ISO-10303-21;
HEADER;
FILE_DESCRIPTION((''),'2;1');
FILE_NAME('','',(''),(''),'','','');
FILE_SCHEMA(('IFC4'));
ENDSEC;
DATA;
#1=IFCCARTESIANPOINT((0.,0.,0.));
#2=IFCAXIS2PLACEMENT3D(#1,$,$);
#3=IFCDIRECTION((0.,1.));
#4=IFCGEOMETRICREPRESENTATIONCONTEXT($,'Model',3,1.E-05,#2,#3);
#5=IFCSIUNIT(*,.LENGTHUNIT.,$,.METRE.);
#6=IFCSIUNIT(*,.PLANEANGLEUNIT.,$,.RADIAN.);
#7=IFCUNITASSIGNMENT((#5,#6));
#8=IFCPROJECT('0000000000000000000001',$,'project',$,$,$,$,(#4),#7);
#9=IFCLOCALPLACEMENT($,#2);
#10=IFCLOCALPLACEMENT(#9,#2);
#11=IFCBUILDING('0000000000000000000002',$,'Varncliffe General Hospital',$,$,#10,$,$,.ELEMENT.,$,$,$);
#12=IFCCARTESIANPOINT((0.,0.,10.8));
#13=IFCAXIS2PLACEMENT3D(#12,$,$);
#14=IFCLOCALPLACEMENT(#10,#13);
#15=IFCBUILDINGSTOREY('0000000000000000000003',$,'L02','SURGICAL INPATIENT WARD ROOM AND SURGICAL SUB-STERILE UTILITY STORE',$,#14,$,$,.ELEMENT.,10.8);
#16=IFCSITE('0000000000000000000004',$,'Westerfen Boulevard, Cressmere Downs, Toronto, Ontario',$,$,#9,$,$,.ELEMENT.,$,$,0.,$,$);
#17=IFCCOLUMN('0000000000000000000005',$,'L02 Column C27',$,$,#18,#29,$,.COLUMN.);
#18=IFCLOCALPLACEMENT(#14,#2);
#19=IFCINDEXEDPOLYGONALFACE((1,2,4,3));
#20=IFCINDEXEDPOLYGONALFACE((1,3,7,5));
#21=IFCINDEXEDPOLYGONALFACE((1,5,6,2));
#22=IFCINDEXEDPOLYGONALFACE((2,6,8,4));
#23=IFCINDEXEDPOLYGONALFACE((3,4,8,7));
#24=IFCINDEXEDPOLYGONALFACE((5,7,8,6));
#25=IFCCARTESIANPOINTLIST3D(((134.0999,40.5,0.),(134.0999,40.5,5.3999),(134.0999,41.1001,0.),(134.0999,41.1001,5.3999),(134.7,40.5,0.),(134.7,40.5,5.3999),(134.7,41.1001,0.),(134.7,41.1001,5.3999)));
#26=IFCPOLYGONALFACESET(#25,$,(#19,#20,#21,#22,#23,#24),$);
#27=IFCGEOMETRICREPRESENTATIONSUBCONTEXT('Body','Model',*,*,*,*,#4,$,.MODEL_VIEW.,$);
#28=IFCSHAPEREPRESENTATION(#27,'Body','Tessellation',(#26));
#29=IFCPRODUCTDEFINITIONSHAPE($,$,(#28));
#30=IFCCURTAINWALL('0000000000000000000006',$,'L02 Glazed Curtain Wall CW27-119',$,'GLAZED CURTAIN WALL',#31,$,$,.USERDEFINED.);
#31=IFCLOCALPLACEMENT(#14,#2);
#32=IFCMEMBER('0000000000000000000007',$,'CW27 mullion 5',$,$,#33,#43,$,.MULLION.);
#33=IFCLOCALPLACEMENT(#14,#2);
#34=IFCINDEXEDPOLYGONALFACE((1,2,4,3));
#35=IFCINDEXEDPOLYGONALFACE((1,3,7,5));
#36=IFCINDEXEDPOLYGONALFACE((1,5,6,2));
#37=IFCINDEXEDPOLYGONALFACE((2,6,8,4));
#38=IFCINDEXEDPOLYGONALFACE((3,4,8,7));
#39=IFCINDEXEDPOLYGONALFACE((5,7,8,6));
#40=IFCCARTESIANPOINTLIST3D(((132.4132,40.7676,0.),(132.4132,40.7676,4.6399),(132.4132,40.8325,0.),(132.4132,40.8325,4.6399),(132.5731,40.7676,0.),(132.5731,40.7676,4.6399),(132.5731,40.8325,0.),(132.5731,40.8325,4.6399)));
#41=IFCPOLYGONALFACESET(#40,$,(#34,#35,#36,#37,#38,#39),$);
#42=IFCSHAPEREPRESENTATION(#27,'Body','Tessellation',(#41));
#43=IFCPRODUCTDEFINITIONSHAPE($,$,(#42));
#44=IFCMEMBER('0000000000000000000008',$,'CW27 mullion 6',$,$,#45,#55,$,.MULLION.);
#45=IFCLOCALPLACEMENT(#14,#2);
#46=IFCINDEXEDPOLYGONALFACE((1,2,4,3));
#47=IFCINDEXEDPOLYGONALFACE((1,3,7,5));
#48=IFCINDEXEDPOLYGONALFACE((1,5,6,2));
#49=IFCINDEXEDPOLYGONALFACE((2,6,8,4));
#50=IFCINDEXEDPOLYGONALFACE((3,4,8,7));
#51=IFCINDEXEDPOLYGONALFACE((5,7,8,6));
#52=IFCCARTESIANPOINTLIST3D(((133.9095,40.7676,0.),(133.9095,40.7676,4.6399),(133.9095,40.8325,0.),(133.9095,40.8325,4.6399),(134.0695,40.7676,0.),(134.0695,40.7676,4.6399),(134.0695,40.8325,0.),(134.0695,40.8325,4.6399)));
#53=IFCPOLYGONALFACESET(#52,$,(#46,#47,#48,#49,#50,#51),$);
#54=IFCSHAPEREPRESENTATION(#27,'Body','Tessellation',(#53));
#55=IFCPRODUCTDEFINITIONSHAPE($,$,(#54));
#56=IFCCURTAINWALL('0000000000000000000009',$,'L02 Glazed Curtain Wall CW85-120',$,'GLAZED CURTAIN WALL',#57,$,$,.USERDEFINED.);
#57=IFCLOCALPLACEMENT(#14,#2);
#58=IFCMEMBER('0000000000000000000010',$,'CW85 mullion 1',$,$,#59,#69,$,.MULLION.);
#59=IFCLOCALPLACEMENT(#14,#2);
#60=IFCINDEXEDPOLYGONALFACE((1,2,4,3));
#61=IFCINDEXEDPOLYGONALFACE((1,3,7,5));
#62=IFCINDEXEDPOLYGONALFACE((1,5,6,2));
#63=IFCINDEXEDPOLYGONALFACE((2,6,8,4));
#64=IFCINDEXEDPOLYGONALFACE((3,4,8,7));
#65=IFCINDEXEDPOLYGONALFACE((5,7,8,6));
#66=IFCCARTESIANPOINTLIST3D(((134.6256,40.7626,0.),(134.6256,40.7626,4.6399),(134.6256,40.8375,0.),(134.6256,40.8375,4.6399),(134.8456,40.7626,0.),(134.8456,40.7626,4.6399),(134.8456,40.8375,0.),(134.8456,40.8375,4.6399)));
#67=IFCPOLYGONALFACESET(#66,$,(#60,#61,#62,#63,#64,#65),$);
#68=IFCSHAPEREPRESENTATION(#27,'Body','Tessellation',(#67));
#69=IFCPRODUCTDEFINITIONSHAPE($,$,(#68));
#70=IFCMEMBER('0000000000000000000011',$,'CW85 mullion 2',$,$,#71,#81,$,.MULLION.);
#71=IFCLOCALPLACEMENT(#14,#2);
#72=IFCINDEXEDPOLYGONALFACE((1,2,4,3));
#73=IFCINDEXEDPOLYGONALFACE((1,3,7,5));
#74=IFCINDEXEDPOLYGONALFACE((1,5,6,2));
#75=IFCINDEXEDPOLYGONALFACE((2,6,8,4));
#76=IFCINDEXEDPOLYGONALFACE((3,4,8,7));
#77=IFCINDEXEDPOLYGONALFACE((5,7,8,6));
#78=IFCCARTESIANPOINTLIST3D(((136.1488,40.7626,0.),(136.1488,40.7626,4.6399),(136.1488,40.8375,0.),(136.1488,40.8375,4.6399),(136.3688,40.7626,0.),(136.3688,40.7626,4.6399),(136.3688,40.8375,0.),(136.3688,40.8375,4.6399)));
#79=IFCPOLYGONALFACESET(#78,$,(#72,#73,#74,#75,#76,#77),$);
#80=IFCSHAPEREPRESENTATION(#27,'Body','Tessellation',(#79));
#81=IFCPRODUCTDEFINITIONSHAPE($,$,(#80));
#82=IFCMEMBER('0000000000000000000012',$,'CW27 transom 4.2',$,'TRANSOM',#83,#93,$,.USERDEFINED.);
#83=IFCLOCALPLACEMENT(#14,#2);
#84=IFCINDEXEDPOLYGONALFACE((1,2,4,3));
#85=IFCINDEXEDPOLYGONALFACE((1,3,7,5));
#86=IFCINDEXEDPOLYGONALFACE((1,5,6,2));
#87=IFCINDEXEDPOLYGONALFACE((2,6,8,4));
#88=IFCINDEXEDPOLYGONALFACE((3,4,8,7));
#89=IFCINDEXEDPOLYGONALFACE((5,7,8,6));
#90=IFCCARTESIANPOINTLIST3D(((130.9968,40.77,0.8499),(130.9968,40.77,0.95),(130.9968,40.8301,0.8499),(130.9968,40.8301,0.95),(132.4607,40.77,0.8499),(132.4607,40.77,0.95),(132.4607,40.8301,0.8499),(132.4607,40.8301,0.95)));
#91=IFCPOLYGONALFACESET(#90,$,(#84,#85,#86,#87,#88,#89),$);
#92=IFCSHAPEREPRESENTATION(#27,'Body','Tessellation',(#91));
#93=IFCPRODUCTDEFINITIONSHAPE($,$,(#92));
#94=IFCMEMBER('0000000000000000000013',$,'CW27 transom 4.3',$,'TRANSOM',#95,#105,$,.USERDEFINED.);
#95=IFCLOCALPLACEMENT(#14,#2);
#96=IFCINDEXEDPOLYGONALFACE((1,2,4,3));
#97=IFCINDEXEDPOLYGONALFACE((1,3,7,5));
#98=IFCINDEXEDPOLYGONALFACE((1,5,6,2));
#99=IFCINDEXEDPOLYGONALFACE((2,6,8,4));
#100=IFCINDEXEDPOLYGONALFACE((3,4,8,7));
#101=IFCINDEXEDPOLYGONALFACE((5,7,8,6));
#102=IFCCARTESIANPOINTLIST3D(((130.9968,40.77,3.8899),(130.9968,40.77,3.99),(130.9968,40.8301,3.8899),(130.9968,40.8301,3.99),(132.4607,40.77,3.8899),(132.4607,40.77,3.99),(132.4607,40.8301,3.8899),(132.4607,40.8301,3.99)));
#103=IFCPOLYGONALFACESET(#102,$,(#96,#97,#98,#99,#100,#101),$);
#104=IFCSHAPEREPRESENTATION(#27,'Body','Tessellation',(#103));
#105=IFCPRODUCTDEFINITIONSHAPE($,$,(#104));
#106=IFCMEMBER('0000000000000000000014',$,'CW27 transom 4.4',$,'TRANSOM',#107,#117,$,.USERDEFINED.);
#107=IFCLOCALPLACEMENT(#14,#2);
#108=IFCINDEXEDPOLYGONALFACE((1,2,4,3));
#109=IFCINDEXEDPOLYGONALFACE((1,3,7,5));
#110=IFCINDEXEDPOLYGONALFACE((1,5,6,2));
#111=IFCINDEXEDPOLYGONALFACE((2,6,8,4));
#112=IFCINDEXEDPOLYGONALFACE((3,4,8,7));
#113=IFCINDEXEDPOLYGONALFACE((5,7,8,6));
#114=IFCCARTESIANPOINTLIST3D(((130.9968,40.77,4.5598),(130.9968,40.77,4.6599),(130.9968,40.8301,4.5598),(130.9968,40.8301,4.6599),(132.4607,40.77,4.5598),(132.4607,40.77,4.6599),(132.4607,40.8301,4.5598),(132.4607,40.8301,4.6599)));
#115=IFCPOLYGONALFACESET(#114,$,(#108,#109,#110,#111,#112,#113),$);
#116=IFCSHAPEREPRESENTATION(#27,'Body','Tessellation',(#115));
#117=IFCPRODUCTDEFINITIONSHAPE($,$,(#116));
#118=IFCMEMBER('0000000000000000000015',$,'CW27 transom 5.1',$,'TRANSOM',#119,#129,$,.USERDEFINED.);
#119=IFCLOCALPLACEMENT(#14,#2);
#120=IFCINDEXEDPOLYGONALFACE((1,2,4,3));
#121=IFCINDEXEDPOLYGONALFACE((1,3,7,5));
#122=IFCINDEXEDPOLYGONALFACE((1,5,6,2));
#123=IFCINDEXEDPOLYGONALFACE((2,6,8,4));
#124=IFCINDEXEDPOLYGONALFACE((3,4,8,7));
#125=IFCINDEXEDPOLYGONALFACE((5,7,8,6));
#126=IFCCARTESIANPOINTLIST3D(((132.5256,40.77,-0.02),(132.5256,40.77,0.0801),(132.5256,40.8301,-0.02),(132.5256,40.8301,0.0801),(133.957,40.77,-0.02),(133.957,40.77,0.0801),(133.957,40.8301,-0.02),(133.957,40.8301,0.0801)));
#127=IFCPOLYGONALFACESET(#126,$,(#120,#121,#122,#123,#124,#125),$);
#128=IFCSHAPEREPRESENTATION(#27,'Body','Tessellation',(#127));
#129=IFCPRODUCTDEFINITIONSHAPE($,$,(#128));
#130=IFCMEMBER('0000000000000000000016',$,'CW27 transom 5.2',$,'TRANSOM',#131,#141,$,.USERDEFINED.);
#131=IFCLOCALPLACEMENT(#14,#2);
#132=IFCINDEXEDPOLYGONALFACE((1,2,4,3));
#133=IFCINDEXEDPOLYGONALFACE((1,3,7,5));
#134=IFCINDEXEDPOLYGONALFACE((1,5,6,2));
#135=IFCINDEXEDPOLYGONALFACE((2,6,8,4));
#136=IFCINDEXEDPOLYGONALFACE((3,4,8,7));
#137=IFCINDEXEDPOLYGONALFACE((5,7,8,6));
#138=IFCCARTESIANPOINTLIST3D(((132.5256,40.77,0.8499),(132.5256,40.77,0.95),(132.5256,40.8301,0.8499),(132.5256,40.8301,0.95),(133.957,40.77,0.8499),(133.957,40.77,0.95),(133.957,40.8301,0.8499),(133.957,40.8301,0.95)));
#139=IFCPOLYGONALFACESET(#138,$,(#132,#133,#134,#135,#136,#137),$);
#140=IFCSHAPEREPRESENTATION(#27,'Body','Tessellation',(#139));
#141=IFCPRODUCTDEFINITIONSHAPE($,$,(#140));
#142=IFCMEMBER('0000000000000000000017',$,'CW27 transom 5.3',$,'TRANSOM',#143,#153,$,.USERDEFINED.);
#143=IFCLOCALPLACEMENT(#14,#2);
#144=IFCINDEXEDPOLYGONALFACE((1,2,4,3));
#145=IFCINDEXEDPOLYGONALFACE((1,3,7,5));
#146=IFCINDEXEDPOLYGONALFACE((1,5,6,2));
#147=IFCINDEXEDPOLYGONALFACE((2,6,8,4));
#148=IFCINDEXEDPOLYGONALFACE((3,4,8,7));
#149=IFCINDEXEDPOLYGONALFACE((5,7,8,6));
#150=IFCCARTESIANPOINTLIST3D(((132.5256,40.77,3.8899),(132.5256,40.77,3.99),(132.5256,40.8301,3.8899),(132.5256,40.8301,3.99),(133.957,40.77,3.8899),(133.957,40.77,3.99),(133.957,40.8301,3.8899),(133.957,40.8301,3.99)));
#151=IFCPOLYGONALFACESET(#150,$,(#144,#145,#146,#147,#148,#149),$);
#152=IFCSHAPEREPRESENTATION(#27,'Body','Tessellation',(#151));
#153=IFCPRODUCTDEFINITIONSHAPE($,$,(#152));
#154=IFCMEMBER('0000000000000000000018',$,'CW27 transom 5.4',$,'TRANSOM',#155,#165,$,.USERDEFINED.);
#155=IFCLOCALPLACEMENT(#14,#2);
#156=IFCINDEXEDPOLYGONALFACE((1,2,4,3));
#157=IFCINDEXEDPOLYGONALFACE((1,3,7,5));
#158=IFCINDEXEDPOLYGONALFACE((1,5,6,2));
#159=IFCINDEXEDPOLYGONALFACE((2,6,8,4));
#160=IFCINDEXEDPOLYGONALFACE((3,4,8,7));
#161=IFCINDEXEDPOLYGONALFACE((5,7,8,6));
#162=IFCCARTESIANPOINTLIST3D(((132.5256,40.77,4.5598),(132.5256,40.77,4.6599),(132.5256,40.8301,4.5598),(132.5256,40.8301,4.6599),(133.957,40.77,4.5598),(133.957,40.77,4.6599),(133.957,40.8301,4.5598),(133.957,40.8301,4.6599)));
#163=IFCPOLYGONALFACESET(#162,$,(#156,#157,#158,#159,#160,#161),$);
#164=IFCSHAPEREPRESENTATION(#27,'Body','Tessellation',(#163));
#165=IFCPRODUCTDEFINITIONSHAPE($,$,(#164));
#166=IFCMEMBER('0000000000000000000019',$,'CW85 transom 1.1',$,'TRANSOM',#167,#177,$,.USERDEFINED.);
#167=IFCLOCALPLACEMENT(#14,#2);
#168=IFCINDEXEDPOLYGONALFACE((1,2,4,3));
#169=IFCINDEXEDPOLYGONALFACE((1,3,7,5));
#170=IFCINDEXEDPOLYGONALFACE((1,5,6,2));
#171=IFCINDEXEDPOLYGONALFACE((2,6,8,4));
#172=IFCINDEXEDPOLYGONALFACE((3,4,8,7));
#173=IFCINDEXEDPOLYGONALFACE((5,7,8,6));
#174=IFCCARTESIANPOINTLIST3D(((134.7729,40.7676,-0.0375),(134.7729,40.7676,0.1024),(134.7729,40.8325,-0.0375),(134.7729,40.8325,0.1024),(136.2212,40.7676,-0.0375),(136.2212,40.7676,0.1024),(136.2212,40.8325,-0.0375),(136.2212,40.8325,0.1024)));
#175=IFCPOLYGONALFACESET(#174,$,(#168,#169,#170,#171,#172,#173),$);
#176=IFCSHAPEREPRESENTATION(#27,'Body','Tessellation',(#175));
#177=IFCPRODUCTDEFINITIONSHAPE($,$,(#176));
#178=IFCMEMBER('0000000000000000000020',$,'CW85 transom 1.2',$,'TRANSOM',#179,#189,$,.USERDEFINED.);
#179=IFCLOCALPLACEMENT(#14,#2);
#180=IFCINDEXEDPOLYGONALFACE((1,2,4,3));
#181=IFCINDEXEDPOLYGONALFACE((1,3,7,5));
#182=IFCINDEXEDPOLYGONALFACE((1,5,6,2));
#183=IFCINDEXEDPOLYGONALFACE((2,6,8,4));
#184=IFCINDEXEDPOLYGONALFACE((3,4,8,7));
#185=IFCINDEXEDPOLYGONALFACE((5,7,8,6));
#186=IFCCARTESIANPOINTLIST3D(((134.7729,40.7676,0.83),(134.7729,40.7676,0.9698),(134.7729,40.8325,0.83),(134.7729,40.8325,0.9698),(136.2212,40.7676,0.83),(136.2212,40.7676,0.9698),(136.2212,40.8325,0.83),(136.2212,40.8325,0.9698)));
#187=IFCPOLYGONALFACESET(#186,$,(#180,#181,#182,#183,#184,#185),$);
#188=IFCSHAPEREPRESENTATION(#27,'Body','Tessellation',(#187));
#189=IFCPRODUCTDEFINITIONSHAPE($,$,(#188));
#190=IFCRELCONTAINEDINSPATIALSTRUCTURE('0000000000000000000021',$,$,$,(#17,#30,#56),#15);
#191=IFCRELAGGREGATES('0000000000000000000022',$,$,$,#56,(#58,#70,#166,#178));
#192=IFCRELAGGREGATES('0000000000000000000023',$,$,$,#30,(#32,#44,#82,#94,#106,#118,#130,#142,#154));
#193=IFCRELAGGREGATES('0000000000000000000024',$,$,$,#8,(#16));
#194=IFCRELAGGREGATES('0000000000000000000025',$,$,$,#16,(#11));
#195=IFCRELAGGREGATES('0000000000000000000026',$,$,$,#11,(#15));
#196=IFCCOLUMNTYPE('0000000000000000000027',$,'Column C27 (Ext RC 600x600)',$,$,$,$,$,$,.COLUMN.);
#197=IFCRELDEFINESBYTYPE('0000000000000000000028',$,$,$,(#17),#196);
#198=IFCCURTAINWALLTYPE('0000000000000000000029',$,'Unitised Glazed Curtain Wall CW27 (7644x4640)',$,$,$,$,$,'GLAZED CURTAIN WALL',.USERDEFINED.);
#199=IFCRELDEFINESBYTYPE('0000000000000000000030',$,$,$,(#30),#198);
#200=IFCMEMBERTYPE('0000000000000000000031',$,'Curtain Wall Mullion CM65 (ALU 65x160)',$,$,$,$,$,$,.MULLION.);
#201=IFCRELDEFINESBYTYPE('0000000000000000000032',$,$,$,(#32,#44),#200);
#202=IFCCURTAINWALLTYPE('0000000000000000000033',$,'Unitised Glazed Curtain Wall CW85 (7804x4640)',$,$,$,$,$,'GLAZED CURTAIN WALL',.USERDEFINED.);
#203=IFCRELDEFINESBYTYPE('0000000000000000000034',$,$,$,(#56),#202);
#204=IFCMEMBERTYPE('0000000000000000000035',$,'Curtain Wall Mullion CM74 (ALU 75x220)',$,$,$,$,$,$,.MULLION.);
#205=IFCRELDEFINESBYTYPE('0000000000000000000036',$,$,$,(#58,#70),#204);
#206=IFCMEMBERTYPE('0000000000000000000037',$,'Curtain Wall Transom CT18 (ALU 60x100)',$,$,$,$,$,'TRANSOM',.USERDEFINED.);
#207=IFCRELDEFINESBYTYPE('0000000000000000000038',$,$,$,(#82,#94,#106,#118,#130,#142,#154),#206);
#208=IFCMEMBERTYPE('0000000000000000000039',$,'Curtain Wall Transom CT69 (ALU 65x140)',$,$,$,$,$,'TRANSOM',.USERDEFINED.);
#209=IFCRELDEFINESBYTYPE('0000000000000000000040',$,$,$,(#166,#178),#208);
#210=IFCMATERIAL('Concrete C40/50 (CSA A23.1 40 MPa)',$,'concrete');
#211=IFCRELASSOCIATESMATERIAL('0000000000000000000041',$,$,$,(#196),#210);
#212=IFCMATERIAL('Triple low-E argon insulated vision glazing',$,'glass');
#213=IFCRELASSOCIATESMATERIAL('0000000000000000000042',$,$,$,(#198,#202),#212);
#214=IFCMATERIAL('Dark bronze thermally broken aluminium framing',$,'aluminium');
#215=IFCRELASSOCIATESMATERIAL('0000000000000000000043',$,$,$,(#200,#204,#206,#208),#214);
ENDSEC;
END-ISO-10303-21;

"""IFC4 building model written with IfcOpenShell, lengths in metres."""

from ifc_helpers import new_model, si_unit, direction, frame, origin, origin_2d, place, context, subcontext, project, spatial, rectangle, extrude, material, material_profile, profile_set, type_object, element, aggregate, save


model = new_model("IFC4")

# Units and contexts
model_context = context("Model", 3, precision=1e-05, world=origin(), true_north=direction((0.0, 1.0)))
body_context = subcontext(model_context, "Body", "Model", "MODEL_VIEW")
ifc_project = project(units=[si_unit("LENGTHUNIT", "METRE"), si_unit("PLANEANGLEUNIT", "RADIAN")], contexts=[model_context])

# Site, building, storey
site_placement = place(None, origin())
site = spatial("IfcSite", under=ifc_project, at=site_placement, Name="Westerfen Boulevard, Cressmere Downs, Toronto, Ontario", CompositionType="ELEMENT", RefElevation=0.0)
building_placement = place(site_placement, origin())
building = spatial("IfcBuilding", under=site, at=building_placement, Name="Varncliffe General Hospital", CompositionType="ELEMENT")
storey_placement = place(building_placement, frame((0.0, 0.0, 10.8)))
storey = spatial("IfcBuildingStorey", under=building, at=storey_placement, Name="L02", Description="SURGICAL INPATIENT WARD ROOM AND SURGICAL SUB-STERILE UTILITY STORE", CompositionType="ELEMENT", Elevation=10.8)

# Column
ifc_material_1 = material(Name="Concrete C40/50 (CSA A23.1 40 MPa)", Category="concrete")
ifc_material_profile_1 = material_profile(ifc_material_1, rectangle(XDim=0.6001, YDim=0.6001, at=origin_2d()), Name="RC 600x600")
ifc_profile_set_1 = profile_set([ifc_material_profile_1], Name="Concrete C40/50 (CSA A23.1 40 MPa)")
column_type = type_object("IfcColumnType", Name="Column C27 (Ext RC 600x600)", PredefinedType="COLUMN", material=ifc_profile_set_1)
column_placement = place(storey_placement, frame((134.3999, 40.8, 0.0), z_axis=(0.0, 0.0, 1.0), x_axis=(1.0, 0.0, 0.0)))
element("IfcColumn", 1, at=column_placement, inside=storey, type_object=column_type, Name="L02 Column C27", PredefinedType="COLUMN", context=body_context, shape_type="SweptSolid", body=[
    extrude(rectangle(XDim=0.6001, YDim=0.6001, at=origin_2d()), origin(), (0.0, 0.0, 1.0), 5.3999),
])

# Curtain walls, members
ifc_material_2 = material(Name="Triple low-E argon insulated vision glazing", Category="glass")
curtain_wall_type_1 = type_object("IfcCurtainWallType", Name="Unitised Glazed Curtain Wall CW27 (7644x4640)", ElementType="GLAZED CURTAIN WALL", PredefinedType="USERDEFINED", material=ifc_material_2)
curtain_wall_1_placement = place(storey_placement, origin())
curtain_wall_1 = element("IfcCurtainWall", 2, at=curtain_wall_1_placement, inside=storey, type_object=curtain_wall_type_1, Name="L02 Glazed Curtain Wall CW27-119", ObjectType="GLAZED CURTAIN WALL", PredefinedType="USERDEFINED")
ifc_material_3 = material(Name="Dark bronze thermally broken aluminium framing", Category="aluminium")
ifc_material_profile_2 = material_profile(ifc_material_3, rectangle(XDim=0.0649, YDim=0.1599, at=origin_2d()), Name="ALU 65x160")
ifc_profile_set_2 = profile_set([ifc_material_profile_2], Name="Dark bronze thermally broken aluminium framing")
member_type_1 = type_object("IfcMemberType", Name="Curtain Wall Mullion CM65 (ALU 65x160)", PredefinedType="MULLION", material=ifc_profile_set_2)
member_1_placement = place(storey_placement, frame((132.4932, 40.8, 0.0), z_axis=(0.0, 0.0, 1.0), x_axis=(0.0, 1.0, 0.0)))
member_1 = element("IfcMember", 3, at=member_1_placement, type_object=member_type_1, Name="CW27 mullion 5", PredefinedType="MULLION", context=body_context, shape_type="SweptSolid", body=[
    extrude(rectangle(XDim=0.0649, YDim=0.1599, at=origin_2d()), origin(), (0.0, 0.0, 1.0), 4.6399),
])
member_2_placement = place(storey_placement, frame((133.9895, 40.8, 0.0), z_axis=(0.0, 0.0, 1.0), x_axis=(0.0, 1.0, 0.0)))
member_2 = element("IfcMember", 4, at=member_2_placement, type_object=member_type_1, Name="CW27 mullion 6", PredefinedType="MULLION", context=body_context, shape_type="SweptSolid", body=[
    extrude(rectangle(XDim=0.0649, YDim=0.1599, at=origin_2d()), origin(), (0.0, 0.0, 1.0), 4.6399),
])
curtain_wall_type_2 = type_object("IfcCurtainWallType", Name="Unitised Glazed Curtain Wall CW85 (7804x4640)", ElementType="GLAZED CURTAIN WALL", PredefinedType="USERDEFINED", material=ifc_material_2)
curtain_wall_2_placement = place(storey_placement, origin())
curtain_wall_2 = element("IfcCurtainWall", 5, at=curtain_wall_2_placement, inside=storey, type_object=curtain_wall_type_2, Name="L02 Glazed Curtain Wall CW85-120", ObjectType="GLAZED CURTAIN WALL", PredefinedType="USERDEFINED")
ifc_material_profile_3 = material_profile(ifc_material_3, rectangle(XDim=0.075, YDim=0.22, at=origin_2d()), Name="ALU 75x220")
ifc_profile_set_3 = profile_set([ifc_material_profile_3], Name="Dark bronze thermally broken aluminium framing")
member_type_2 = type_object("IfcMemberType", Name="Curtain Wall Mullion CM74 (ALU 75x220)", PredefinedType="MULLION", material=ifc_profile_set_3)
member_3_placement = place(storey_placement, frame((134.7356, 40.8, 0.0), z_axis=(0.0, 0.0, 1.0), x_axis=(0.0, 1.0, 0.0)))
member_3 = element("IfcMember", 6, at=member_3_placement, type_object=member_type_2, Name="CW85 mullion 1", PredefinedType="MULLION", context=body_context, shape_type="SweptSolid", body=[
    extrude(rectangle(XDim=0.075, YDim=0.22, at=origin_2d()), origin(), (0.0, 0.0, 1.0), 4.6399),
])
member_4_placement = place(storey_placement, frame((136.2588, 40.8, 0.0), z_axis=(0.0, 0.0, 1.0), x_axis=(0.0, 1.0, 0.0)))
member_4 = element("IfcMember", 7, at=member_4_placement, type_object=member_type_2, Name="CW85 mullion 2", PredefinedType="MULLION", context=body_context, shape_type="SweptSolid", body=[
    extrude(rectangle(XDim=0.075, YDim=0.22, at=origin_2d()), origin(), (0.0, 0.0, 1.0), 4.6399),
])

# Members
ifc_material_profile_4 = material_profile(ifc_material_3, rectangle(XDim=0.0601, YDim=0.1001, at=origin_2d()), Name="ALU 60x100")
ifc_profile_set_4 = profile_set([ifc_material_profile_4], Name="Dark bronze thermally broken aluminium framing")
member_type_3 = type_object("IfcMemberType", Name="Curtain Wall Transom CT18 (ALU 60x100)", ElementType="TRANSOM", PredefinedType="USERDEFINED", material=ifc_profile_set_4)
member_5_placement = place(storey_placement, frame((130.9968, 40.8, 0.8999), z_axis=(1.0, 0.0, 0.0), x_axis=(0.0, 1.0, 0.0)))
member_5 = element("IfcMember", 8, at=member_5_placement, type_object=member_type_3, Name="CW27 transom 4.2", ObjectType="TRANSOM", PredefinedType="USERDEFINED", context=body_context, shape_type="SweptSolid", body=[
    extrude(rectangle(XDim=0.0601, YDim=0.1001, at=origin_2d()), origin(), (0.0, 0.0, 1.0), 1.4639),
])
member_6_placement = place(storey_placement, frame((130.9968, 40.8, 3.9399), z_axis=(1.0, 0.0, 0.0), x_axis=(0.0, 1.0, 0.0)))
member_6 = element("IfcMember", 9, at=member_6_placement, type_object=member_type_3, Name="CW27 transom 4.3", ObjectType="TRANSOM", PredefinedType="USERDEFINED", context=body_context, shape_type="SweptSolid", body=[
    extrude(rectangle(XDim=0.0601, YDim=0.1001, at=origin_2d()), origin(), (0.0, 0.0, 1.0), 1.4639),
])
member_7_placement = place(storey_placement, frame((130.9968, 40.8, 4.6099), z_axis=(1.0, 0.0, 0.0), x_axis=(0.0, 1.0, 0.0)))
member_7 = element("IfcMember", 10, at=member_7_placement, type_object=member_type_3, Name="CW27 transom 4.4", ObjectType="TRANSOM", PredefinedType="USERDEFINED", context=body_context, shape_type="SweptSolid", body=[
    extrude(rectangle(XDim=0.0601, YDim=0.1001, at=origin_2d()), origin(), (0.0, 0.0, 1.0), 1.4639),
])
member_8_placement = place(storey_placement, frame((132.5256, 40.8, 0.03), z_axis=(1.0, 0.0, 0.0), x_axis=(0.0, 1.0, 0.0)))
member_8 = element("IfcMember", 11, at=member_8_placement, type_object=member_type_3, Name="CW27 transom 5.1", ObjectType="TRANSOM", PredefinedType="USERDEFINED", context=body_context, shape_type="SweptSolid", body=[
    extrude(rectangle(XDim=0.0601, YDim=0.1001, at=origin_2d()), origin(), (0.0, 0.0, 1.0), 1.4314),
])
member_9_placement = place(storey_placement, frame((132.5256, 40.8, 0.8999), z_axis=(1.0, 0.0, 0.0), x_axis=(0.0, 1.0, 0.0)))
member_9 = element("IfcMember", 12, at=member_9_placement, type_object=member_type_3, Name="CW27 transom 5.2", ObjectType="TRANSOM", PredefinedType="USERDEFINED", context=body_context, shape_type="SweptSolid", body=[
    extrude(rectangle(XDim=0.0601, YDim=0.1001, at=origin_2d()), origin(), (0.0, 0.0, 1.0), 1.4314),
])
member_10_placement = place(storey_placement, frame((132.5256, 40.8, 3.9399), z_axis=(1.0, 0.0, 0.0), x_axis=(0.0, 1.0, 0.0)))
member_10 = element("IfcMember", 13, at=member_10_placement, type_object=member_type_3, Name="CW27 transom 5.3", ObjectType="TRANSOM", PredefinedType="USERDEFINED", context=body_context, shape_type="SweptSolid", body=[
    extrude(rectangle(XDim=0.0601, YDim=0.1001, at=origin_2d()), origin(), (0.0, 0.0, 1.0), 1.4314),
])
member_11_placement = place(storey_placement, frame((132.5256, 40.8, 4.6099), z_axis=(1.0, 0.0, 0.0), x_axis=(0.0, 1.0, 0.0)))
member_11 = element("IfcMember", 14, at=member_11_placement, type_object=member_type_3, Name="CW27 transom 5.4", ObjectType="TRANSOM", PredefinedType="USERDEFINED", context=body_context, shape_type="SweptSolid", body=[
    extrude(rectangle(XDim=0.0601, YDim=0.1001, at=origin_2d()), origin(), (0.0, 0.0, 1.0), 1.4314),
])
ifc_material_profile_5 = material_profile(ifc_material_3, rectangle(XDim=0.0649, YDim=0.1399, at=origin_2d()), Name="ALU 65x140")
ifc_profile_set_5 = profile_set([ifc_material_profile_5], Name="Dark bronze thermally broken aluminium framing")
member_type_4 = type_object("IfcMemberType", Name="Curtain Wall Transom CT69 (ALU 65x140)", ElementType="TRANSOM", PredefinedType="USERDEFINED", material=ifc_profile_set_5)
member_12_placement = place(storey_placement, frame((134.7729, 40.8, 0.0325), z_axis=(1.0, 0.0, 0.0), x_axis=(0.0, 1.0, 0.0)))
member_12 = element("IfcMember", 15, at=member_12_placement, type_object=member_type_4, Name="CW85 transom 1.1", ObjectType="TRANSOM", PredefinedType="USERDEFINED", context=body_context, shape_type="SweptSolid", body=[
    extrude(rectangle(XDim=0.0649, YDim=0.1399, at=origin_2d()), origin(), (0.0, 0.0, 1.0), 1.4482),
])
member_13_placement = place(storey_placement, frame((134.7729, 40.8, 0.8999), z_axis=(1.0, 0.0, 0.0), x_axis=(0.0, 1.0, 0.0)))
member_13 = element("IfcMember", 16, at=member_13_placement, type_object=member_type_4, Name="CW85 transom 1.2", ObjectType="TRANSOM", PredefinedType="USERDEFINED", context=body_context, shape_type="SweptSolid", body=[
    extrude(rectangle(XDim=0.0649, YDim=0.1399, at=origin_2d()), origin(), (0.0, 0.0, 1.0), 1.4482),
])

aggregate(curtain_wall_2, [member_3, member_4, member_12, member_13])
aggregate(curtain_wall_1, [member_1, member_2, member_5, member_6, member_7, member_8, member_9, member_10, member_11])

save(model, "model.ifc")
